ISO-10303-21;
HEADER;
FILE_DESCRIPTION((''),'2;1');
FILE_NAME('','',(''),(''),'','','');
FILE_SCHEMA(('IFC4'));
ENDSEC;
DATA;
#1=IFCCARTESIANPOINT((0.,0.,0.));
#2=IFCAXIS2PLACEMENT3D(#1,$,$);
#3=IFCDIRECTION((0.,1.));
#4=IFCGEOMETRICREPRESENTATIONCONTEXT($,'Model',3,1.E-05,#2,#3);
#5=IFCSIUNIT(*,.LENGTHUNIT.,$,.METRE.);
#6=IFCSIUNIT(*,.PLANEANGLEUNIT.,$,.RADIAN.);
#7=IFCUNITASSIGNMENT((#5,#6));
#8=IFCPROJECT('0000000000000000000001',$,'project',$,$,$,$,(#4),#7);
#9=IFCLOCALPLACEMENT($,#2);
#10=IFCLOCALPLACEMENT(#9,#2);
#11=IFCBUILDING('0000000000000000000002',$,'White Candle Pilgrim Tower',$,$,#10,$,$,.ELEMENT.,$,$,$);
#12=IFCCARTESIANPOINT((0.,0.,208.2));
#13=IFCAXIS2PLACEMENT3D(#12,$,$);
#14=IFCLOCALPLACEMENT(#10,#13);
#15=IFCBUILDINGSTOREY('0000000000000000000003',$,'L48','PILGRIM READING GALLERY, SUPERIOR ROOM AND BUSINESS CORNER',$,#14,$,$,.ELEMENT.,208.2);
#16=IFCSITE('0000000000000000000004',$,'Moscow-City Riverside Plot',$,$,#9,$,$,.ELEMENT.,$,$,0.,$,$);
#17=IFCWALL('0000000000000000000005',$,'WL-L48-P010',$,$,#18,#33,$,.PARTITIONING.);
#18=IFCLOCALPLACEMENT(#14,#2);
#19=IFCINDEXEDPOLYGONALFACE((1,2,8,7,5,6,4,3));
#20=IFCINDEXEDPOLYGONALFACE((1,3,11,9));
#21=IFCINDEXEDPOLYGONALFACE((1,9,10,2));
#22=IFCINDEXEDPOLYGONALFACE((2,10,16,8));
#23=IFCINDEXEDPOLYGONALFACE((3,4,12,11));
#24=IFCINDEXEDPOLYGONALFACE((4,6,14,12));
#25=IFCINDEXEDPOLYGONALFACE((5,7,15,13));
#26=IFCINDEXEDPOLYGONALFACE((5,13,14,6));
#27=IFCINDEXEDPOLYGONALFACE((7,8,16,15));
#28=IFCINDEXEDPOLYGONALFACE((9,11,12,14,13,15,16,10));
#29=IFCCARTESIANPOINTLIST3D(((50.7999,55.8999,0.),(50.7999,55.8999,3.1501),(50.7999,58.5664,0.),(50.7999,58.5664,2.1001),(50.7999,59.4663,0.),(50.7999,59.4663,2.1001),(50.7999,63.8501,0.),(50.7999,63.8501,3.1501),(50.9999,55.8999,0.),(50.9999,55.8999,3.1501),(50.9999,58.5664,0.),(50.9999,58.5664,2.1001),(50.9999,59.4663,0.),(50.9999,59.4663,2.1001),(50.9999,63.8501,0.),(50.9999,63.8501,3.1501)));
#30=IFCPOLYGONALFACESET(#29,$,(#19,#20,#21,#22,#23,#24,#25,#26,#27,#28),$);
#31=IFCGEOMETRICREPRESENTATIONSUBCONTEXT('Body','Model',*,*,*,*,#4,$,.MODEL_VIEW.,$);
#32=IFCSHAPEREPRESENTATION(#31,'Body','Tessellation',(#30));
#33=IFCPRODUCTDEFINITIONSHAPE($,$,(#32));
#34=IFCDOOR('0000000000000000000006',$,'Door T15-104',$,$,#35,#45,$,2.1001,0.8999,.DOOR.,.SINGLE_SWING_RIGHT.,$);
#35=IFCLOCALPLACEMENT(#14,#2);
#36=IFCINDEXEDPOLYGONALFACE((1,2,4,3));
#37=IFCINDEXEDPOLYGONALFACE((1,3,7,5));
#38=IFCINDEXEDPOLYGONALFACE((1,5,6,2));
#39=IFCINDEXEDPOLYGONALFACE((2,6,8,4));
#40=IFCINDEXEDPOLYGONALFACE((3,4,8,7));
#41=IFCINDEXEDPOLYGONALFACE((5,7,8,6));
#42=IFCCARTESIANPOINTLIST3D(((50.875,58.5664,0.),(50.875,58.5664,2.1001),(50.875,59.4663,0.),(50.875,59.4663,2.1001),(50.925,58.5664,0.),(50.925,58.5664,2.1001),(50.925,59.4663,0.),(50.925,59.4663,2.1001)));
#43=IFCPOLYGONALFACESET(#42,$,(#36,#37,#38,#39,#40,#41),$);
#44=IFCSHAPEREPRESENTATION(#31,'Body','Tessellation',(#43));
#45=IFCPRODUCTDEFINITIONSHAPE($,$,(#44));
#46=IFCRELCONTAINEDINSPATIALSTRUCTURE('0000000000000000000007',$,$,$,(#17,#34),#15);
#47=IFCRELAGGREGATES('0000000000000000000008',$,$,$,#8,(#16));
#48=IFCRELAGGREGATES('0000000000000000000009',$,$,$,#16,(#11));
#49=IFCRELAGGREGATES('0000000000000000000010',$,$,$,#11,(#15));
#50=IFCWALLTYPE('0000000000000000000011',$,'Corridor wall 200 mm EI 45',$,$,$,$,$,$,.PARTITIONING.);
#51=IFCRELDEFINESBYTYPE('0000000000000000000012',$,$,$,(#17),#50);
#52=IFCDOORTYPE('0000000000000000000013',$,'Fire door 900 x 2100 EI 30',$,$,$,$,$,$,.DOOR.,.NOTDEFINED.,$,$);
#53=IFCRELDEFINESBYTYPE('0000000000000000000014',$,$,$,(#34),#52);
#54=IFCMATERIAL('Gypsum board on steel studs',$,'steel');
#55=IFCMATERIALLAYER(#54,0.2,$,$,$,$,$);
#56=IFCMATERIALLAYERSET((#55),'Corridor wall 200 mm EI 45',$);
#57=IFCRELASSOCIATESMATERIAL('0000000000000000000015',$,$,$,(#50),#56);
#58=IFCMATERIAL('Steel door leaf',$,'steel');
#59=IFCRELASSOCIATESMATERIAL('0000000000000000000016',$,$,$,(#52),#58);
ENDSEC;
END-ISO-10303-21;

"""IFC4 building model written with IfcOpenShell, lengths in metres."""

from ifc_helpers import new_model, si_unit, direction, frame, frame_2d, origin, place, context, subcontext, project, spatial, rectangle, extrude, material, layer, layer_set, type_object, element, fill, save


model = new_model("IFC4")

# Units and contexts
model_context = context("Model", 3, precision=1e-05, world=origin(), true_north=direction((0.0, 1.0)))
body_context = subcontext(model_context, "Body", "Model", "MODEL_VIEW")
ifc_project = project(units=[si_unit("LENGTHUNIT", "METRE"), si_unit("PLANEANGLEUNIT", "RADIAN")], contexts=[model_context])

# Site, building, storey
site_placement = place(None, origin())
site = spatial("IfcSite", under=ifc_project, at=site_placement, Name="Moscow-City Riverside Plot", CompositionType="ELEMENT", RefElevation=0.0)
building_placement = place(site_placement, origin())
building = spatial("IfcBuilding", under=site, at=building_placement, Name="White Candle Pilgrim Tower", CompositionType="ELEMENT")
storey_placement = place(building_placement, frame((0.0, 0.0, 208.2)))
storey = spatial("IfcBuildingStorey", under=building, at=storey_placement, Name="L48", Description="PILGRIM READING GALLERY, SUPERIOR ROOM AND BUSINESS CORNER", CompositionType="ELEMENT", Elevation=208.2)

# Wall, opening, door
ifc_material_1 = material(Name="Gypsum board on steel studs", Category="steel")
ifc_layer_1 = layer(ifc_material_1, 0.2)
ifc_layer_set_1 = layer_set([ifc_layer_1], Name="Corridor wall 200 mm EI 45")
wall_type_1 = type_object("IfcWallType", Name="Corridor wall 200 mm EI 45", PredefinedType="PARTITIONING", material=ifc_layer_set_1)
wall_1_placement = place(storey_placement, frame((50.8999, 55.8999, 0.0), z_axis=(0.0, 0.0, 1.0), x_axis=(0.0, 1.0, 0.0)))
wall_1 = element("IfcWall", 1, at=wall_1_placement, inside=storey, type_object=wall_type_1, Name="WL-L48-P010", PredefinedType="PARTITIONING", context=body_context, shape_type="SweptSolid", body=[
    extrude(rectangle(XDim=7.9502, YDim=0.2, at=frame_2d((3.9751, 0.0))), origin(), (0.0, 0.0, 1.0), 3.1501),
])
opening_1_placement = place(wall_1_placement, frame((2.6665, 0.0, 0.0)))
opening_1 = element("IfcOpeningElement", 2, at=opening_1_placement, cuts=wall_1, PredefinedType="OPENING", context=body_context, shape_type="SweptSolid", body=[
    extrude(rectangle(XDim=0.8999, YDim=2.1001, at=frame_2d((0.45, 1.05))), frame((0.0, 0.1099, 0.0), z_axis=(0.0, -1.0, 0.0), x_axis=(1.0, 0.0, 0.0)), (0.0, 0.0, 1.0), 0.22),
])
ifc_material_2 = material(Name="Steel door leaf", Category="steel")
door_type = type_object("IfcDoorType", Name="Fire door 900 x 2100 EI 30", OperationType="NOTDEFINED", PredefinedType="DOOR", material=ifc_material_2)
door_placement = place(opening_1_placement, origin())
door = element("IfcDoor", 3, at=door_placement, inside=storey, type_object=door_type, Name="Door T15-104", OperationType="SINGLE_SWING_RIGHT", OverallHeight=2.1001, OverallWidth=0.8999, PredefinedType="DOOR", context=body_context, shape_type="SweptSolid", body=[
    extrude(rectangle(XDim=0.8999, YDim=2.1001, at=frame_2d((0.45, 1.05))), frame((0.0, 0.0249, 0.0), z_axis=(0.0, -1.0, 0.0), x_axis=(1.0, 0.0, 0.0)), (0.0, 0.0, 1.0), 0.05),
])
fill(opening_1, door)

save(model, "model.ifc")
